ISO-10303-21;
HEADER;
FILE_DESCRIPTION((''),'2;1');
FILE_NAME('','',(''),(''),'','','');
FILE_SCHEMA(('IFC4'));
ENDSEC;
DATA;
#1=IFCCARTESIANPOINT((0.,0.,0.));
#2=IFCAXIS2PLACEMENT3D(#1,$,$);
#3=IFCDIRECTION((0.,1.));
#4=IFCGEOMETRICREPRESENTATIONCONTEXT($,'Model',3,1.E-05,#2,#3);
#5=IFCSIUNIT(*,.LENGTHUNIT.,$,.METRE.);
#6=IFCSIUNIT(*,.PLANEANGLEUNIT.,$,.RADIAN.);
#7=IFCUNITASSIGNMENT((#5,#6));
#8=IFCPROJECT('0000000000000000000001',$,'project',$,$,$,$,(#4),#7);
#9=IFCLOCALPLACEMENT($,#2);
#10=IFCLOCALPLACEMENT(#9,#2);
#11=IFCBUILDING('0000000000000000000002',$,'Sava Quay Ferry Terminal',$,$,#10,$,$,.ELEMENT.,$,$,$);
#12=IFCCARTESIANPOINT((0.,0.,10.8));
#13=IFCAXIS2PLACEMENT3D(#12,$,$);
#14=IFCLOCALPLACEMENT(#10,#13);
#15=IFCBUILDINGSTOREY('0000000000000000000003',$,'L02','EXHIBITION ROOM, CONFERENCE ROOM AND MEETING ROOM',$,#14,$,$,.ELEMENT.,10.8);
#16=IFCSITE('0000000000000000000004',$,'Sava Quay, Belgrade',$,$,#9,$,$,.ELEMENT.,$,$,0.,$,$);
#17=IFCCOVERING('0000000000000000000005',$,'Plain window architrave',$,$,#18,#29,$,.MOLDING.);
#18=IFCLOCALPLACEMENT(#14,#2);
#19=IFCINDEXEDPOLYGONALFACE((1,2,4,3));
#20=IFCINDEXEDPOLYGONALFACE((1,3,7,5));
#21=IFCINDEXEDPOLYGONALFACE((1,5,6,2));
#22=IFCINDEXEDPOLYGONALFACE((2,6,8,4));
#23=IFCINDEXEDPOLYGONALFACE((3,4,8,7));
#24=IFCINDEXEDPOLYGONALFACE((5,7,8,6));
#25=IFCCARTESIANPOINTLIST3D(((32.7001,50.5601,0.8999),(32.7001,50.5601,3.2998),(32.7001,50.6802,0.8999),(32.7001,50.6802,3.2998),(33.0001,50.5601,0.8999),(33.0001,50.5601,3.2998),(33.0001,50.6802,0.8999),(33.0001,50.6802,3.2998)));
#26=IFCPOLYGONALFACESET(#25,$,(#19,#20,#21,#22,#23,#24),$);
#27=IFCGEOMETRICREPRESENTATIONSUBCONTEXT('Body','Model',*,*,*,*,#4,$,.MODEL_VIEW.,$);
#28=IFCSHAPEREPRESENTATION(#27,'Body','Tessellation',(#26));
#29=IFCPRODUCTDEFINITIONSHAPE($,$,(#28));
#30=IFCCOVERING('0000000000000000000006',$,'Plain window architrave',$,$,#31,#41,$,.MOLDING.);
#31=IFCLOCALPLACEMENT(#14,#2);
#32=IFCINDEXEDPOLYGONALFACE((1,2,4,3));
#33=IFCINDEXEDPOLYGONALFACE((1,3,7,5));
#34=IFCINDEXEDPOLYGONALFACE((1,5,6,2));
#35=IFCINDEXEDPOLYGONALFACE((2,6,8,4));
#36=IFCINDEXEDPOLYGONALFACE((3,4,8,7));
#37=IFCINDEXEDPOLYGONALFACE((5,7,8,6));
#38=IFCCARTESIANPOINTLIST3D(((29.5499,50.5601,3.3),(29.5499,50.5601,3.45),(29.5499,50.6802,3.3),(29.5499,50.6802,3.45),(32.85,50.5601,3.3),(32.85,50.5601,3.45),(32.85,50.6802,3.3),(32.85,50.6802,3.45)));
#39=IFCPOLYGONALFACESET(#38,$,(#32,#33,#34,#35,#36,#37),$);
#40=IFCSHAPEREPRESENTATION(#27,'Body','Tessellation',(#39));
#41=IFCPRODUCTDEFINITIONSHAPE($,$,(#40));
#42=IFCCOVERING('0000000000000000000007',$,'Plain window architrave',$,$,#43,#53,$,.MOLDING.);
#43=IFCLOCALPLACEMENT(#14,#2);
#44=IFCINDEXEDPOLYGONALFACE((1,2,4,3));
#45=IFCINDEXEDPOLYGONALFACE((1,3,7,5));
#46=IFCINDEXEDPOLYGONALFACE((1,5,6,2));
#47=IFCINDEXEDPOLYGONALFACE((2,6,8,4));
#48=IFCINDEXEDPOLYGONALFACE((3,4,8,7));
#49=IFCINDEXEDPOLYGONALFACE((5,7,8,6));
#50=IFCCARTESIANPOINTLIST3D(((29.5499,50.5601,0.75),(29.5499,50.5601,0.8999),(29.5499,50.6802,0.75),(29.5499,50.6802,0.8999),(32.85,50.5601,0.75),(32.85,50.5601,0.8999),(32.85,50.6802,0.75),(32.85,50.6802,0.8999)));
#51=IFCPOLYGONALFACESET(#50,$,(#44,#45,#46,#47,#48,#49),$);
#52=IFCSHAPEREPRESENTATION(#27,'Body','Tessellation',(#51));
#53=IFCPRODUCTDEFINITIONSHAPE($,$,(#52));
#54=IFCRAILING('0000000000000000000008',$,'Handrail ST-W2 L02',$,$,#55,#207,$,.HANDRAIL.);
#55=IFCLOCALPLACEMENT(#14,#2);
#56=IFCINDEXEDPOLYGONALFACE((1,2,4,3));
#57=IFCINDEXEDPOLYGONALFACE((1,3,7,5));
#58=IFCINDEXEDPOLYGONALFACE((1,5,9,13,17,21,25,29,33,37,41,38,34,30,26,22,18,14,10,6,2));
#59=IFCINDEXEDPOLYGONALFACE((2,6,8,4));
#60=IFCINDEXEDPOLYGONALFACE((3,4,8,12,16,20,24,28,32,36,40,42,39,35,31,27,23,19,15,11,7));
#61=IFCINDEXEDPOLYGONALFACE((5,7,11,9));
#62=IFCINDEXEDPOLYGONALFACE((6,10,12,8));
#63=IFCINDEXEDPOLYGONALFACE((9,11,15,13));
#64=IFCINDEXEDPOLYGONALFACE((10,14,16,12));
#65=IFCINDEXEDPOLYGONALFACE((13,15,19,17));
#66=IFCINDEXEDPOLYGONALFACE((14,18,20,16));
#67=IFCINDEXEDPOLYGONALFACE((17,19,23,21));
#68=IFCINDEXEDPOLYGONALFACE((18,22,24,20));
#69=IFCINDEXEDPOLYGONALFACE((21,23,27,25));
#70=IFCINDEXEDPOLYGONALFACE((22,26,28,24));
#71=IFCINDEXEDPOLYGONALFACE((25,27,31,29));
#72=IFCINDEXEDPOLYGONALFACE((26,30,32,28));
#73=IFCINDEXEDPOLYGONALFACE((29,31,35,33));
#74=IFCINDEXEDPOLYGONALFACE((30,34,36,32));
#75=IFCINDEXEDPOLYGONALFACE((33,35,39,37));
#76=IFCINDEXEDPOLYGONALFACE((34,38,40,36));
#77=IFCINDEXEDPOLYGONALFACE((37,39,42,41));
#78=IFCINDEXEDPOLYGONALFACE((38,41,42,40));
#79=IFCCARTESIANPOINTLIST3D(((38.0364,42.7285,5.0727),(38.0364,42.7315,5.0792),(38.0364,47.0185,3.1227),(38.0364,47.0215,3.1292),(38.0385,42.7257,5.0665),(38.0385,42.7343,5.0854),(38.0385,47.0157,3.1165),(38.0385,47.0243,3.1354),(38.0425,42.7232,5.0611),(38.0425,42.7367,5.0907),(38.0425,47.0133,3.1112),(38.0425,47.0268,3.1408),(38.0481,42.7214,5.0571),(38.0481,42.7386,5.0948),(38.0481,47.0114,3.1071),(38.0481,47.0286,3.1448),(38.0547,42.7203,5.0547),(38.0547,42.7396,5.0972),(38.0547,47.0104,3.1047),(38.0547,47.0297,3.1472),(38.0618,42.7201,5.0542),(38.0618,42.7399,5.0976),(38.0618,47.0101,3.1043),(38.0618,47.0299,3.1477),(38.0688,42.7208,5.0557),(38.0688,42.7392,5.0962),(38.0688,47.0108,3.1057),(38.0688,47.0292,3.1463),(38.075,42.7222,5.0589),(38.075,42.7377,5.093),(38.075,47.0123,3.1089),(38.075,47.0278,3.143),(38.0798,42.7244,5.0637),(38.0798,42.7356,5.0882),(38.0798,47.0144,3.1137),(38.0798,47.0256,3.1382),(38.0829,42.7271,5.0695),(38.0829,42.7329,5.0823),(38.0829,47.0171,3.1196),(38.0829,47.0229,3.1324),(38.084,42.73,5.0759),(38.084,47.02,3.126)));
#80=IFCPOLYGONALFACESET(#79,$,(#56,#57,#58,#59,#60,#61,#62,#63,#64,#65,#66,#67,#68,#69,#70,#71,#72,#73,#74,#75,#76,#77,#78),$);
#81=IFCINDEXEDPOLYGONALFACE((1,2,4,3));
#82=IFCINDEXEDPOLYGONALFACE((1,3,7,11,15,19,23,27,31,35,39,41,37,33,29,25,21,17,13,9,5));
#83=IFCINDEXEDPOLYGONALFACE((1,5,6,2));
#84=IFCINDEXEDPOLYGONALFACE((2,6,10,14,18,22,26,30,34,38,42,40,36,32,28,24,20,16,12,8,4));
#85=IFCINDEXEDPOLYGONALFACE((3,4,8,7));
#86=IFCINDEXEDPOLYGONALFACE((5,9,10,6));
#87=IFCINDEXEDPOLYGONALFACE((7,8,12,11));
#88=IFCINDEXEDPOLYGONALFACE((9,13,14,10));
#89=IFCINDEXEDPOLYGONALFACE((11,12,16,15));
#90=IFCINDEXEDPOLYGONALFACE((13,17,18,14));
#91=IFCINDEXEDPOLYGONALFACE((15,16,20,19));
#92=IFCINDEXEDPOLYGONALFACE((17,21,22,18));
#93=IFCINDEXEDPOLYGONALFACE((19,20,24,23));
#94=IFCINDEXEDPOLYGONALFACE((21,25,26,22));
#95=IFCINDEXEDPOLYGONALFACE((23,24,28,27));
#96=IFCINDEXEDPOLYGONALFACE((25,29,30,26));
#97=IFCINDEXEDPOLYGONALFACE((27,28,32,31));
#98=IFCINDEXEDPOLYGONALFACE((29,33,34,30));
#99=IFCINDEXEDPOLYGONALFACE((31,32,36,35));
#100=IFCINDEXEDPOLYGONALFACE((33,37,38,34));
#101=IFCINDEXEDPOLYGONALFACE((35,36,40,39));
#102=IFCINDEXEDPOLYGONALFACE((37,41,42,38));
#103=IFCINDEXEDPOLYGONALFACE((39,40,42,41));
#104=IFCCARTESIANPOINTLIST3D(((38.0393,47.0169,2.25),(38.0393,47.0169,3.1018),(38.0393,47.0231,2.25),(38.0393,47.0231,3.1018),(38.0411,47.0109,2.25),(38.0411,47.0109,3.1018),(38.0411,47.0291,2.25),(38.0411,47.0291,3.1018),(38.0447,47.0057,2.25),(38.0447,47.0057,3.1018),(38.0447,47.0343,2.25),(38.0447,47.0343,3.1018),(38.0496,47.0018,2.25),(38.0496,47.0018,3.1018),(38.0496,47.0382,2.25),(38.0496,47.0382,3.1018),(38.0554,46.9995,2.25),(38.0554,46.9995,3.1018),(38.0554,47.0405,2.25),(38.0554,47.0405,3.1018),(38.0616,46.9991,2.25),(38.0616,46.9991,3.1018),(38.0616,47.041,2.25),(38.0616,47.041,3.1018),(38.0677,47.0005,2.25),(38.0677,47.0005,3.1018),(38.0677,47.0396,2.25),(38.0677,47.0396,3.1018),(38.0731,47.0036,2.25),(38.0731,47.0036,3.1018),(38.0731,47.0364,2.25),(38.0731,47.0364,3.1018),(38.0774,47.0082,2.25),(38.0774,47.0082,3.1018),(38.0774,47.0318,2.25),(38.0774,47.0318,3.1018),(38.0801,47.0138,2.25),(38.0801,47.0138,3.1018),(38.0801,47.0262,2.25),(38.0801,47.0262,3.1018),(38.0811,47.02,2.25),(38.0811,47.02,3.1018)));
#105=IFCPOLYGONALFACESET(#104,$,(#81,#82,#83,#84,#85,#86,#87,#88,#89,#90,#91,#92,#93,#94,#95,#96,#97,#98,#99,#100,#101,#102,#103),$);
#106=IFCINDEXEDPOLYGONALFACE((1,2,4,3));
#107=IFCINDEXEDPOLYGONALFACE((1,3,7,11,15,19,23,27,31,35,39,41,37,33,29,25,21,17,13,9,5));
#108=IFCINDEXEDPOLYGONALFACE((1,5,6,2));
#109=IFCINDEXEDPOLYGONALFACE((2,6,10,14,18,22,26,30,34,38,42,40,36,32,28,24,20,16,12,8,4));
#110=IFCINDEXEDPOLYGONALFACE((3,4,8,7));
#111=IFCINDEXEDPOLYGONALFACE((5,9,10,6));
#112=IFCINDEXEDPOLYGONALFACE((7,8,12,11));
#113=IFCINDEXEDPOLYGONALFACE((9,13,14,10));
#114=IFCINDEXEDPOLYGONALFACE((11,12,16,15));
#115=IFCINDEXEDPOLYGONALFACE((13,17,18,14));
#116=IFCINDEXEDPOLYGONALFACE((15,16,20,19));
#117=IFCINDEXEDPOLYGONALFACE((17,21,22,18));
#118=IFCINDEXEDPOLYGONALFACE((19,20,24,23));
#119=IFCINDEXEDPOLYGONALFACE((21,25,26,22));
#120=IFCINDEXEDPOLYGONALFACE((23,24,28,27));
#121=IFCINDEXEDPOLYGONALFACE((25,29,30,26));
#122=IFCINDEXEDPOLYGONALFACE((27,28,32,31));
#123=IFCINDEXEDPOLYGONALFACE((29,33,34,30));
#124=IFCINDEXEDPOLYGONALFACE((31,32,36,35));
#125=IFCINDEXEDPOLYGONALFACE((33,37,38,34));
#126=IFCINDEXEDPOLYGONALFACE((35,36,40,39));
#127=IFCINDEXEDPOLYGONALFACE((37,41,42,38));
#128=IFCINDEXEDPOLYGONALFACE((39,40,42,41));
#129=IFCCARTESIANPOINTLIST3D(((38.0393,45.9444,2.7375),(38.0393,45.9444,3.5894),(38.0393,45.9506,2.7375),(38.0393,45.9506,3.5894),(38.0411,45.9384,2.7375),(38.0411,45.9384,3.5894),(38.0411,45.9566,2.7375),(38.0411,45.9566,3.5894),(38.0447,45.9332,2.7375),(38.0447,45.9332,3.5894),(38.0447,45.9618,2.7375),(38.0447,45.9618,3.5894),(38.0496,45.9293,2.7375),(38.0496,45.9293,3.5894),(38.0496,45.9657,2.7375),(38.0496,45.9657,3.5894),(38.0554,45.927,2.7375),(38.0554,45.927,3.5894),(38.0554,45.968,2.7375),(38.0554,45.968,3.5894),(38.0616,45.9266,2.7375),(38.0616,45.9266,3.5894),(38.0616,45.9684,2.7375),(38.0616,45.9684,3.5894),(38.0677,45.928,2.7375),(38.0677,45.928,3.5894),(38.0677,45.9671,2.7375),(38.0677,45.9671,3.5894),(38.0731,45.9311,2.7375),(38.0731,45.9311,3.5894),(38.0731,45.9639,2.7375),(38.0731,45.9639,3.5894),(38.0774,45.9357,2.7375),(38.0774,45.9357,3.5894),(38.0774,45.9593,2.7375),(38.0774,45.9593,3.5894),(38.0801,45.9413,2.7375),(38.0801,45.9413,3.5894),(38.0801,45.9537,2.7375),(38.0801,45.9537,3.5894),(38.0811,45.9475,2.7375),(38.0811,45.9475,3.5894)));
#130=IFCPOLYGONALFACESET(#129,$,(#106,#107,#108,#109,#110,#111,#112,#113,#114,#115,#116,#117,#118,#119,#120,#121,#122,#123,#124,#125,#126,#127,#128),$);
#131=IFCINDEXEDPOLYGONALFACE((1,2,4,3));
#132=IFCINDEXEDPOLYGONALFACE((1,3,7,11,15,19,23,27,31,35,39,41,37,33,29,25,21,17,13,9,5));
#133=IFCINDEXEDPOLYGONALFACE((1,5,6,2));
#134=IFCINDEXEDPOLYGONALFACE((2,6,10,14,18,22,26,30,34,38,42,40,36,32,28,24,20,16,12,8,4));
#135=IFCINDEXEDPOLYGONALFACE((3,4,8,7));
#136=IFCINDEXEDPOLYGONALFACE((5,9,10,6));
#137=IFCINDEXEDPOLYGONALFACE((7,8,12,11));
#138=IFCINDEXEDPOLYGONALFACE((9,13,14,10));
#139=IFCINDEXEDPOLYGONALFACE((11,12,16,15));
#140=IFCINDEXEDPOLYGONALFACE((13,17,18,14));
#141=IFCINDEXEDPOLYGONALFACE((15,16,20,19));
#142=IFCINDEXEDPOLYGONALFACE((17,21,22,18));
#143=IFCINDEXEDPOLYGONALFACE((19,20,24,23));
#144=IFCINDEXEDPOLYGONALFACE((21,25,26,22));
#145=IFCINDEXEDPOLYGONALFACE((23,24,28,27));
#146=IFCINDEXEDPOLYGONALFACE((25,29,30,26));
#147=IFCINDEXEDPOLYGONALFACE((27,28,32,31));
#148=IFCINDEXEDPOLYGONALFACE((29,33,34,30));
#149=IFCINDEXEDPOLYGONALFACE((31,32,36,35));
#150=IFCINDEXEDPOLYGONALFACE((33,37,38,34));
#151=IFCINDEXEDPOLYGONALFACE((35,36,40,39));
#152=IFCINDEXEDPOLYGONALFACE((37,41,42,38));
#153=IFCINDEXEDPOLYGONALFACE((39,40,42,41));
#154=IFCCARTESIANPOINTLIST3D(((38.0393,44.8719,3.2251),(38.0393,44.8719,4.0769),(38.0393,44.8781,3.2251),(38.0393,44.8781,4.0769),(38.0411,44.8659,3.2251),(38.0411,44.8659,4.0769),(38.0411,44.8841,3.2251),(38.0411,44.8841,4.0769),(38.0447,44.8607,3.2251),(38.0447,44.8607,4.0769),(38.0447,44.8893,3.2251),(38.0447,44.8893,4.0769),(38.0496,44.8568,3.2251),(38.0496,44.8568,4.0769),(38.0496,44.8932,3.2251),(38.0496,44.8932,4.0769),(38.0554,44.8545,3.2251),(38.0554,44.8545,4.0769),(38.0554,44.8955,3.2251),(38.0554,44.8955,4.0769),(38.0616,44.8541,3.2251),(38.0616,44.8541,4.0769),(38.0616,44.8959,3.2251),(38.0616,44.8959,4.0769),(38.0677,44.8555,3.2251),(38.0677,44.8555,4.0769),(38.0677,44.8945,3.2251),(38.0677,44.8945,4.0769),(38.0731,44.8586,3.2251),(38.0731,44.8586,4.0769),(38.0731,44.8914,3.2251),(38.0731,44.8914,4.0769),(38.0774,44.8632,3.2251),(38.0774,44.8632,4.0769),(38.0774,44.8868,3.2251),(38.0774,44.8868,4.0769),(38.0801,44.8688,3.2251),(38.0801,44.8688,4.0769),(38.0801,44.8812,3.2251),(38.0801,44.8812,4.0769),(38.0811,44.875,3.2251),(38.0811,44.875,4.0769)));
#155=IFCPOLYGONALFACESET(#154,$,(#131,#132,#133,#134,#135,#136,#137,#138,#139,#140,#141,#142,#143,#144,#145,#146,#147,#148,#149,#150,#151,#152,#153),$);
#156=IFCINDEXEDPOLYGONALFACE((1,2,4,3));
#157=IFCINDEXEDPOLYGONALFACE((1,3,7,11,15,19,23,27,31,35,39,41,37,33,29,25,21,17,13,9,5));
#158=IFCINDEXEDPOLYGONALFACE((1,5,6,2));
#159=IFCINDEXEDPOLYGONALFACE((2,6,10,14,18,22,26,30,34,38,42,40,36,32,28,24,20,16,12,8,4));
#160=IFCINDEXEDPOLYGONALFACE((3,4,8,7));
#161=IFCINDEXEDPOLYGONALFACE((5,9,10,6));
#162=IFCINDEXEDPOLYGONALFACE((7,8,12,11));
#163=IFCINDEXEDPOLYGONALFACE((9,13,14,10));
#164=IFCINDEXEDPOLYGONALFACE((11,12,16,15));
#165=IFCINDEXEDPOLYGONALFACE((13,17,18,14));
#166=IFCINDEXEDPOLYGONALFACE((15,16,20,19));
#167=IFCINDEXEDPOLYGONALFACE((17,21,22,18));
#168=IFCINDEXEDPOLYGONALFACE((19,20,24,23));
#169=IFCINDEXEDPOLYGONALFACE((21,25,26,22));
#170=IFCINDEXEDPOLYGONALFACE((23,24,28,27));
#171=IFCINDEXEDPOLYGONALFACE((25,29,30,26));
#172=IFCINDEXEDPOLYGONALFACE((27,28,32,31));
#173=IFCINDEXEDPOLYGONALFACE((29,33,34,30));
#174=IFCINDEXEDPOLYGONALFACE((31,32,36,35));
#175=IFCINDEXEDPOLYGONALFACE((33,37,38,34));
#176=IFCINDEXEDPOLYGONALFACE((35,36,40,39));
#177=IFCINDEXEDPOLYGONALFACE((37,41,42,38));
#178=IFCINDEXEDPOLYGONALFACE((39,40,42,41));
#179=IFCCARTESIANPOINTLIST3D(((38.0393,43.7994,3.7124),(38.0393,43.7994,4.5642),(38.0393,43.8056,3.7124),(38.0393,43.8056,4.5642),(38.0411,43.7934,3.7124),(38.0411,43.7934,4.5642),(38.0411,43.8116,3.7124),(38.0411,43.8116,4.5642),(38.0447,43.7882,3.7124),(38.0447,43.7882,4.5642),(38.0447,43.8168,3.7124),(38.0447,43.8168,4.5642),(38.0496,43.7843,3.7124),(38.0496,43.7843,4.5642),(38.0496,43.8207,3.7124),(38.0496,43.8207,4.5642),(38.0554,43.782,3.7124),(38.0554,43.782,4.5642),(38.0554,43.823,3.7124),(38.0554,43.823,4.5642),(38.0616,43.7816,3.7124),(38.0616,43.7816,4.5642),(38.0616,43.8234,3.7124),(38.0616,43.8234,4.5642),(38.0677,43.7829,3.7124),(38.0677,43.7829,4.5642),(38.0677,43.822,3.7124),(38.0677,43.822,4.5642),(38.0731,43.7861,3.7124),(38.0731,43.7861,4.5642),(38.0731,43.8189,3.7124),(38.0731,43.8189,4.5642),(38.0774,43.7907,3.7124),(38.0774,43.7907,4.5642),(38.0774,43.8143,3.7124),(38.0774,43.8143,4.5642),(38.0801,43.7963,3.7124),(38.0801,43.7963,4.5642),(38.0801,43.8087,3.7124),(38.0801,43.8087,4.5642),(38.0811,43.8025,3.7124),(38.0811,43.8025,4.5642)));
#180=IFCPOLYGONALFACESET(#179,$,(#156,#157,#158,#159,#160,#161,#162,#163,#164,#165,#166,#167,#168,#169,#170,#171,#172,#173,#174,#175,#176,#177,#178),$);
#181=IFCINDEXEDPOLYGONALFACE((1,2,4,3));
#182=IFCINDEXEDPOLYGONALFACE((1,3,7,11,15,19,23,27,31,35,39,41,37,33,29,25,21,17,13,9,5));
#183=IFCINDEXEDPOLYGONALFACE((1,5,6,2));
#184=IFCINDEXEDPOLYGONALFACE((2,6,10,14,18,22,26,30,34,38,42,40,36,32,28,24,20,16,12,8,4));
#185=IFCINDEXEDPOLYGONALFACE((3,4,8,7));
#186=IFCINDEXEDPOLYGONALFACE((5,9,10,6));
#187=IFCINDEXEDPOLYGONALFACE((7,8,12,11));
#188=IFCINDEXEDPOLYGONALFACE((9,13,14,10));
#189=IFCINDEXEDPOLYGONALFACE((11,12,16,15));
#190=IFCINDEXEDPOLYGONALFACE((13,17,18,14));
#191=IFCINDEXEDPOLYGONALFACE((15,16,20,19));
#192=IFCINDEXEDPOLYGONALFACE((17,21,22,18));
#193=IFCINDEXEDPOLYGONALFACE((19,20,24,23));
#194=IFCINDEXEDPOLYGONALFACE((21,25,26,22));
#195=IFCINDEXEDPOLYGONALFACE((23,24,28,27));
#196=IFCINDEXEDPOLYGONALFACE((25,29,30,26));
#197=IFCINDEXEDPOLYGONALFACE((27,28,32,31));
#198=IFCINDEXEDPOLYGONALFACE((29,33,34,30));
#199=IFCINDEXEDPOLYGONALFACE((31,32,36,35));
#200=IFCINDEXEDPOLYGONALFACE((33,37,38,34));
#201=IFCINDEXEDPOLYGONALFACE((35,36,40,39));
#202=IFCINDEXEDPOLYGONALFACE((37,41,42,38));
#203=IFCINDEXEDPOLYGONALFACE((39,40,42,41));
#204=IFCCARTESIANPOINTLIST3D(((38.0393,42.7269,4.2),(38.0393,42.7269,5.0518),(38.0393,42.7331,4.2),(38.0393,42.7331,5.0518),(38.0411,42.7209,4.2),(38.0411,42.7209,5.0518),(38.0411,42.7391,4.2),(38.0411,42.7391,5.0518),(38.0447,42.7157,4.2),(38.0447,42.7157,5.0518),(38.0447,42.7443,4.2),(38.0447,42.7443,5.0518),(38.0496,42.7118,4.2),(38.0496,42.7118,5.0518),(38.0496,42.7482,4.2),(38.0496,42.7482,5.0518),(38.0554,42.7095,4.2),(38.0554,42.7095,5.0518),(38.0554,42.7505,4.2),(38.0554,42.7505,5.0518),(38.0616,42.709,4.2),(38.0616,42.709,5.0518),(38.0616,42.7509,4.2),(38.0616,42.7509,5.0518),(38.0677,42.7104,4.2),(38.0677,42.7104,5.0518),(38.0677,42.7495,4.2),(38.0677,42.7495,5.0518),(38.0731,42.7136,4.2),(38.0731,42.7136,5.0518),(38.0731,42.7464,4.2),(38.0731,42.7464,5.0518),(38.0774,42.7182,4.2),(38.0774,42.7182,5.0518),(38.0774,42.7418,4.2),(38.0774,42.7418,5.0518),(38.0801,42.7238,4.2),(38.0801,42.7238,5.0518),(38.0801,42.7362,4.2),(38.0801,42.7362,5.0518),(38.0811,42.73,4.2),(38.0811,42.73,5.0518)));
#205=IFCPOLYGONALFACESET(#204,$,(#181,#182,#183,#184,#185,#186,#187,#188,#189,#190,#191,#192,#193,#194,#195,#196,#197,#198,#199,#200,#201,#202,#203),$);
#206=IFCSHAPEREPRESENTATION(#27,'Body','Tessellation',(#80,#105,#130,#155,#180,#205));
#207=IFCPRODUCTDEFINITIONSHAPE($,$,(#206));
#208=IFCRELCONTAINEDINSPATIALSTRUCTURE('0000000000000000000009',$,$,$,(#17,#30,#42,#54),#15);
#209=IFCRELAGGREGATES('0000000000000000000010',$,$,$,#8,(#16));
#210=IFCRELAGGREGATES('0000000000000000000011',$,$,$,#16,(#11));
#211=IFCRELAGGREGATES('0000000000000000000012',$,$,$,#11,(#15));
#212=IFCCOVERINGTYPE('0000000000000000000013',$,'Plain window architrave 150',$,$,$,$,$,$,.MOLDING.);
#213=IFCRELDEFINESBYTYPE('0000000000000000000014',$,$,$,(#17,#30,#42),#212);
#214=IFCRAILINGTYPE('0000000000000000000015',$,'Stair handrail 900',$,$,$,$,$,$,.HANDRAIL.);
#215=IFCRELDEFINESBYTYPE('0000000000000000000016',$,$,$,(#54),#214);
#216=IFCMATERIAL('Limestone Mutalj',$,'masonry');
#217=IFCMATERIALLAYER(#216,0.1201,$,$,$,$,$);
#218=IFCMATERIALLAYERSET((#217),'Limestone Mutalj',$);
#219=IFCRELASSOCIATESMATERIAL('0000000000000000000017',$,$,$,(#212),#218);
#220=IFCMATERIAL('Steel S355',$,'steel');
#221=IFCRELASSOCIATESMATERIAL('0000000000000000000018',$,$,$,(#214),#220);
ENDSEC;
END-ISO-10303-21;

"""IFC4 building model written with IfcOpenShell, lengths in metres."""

from ifc_helpers import new_model, si_unit, direction, frame, origin, origin_2d, place, context, subcontext, project, spatial, rectangle, circle, extrude, material, layer, layer_set, type_object, element, save


model = new_model("IFC4")

# Units and contexts
model_context = context("Model", 3, precision=1e-05, world=origin(), true_north=direction((0.0, 1.0)))
body_context = subcontext(model_context, "Body", "Model", "MODEL_VIEW")
ifc_project = project(units=[si_unit("LENGTHUNIT", "METRE"), si_unit("PLANEANGLEUNIT", "RADIAN")], contexts=[model_context])

# Site, building, storey
site_placement = place(None, origin())
site = spatial("IfcSite", under=ifc_project, at=site_placement, Name="Sava Quay, Belgrade", CompositionType="ELEMENT", RefElevation=0.0)
building_placement = place(site_placement, origin())
building = spatial("IfcBuilding", under=site, at=building_placement, Name="Sava Quay Ferry Terminal", CompositionType="ELEMENT")
storey_placement = place(building_placement, frame((0.0, 0.0, 10.8)))
storey = spatial("IfcBuildingStorey", under=building, at=storey_placement, Name="L02", Description="EXHIBITION ROOM, CONFERENCE ROOM AND MEETING ROOM", CompositionType="ELEMENT", Elevation=10.8)

# Coverings
ifc_material_1 = material(Name="Limestone Mutalj", Category="masonry")
ifc_layer_1 = layer(ifc_material_1, 0.1201)
ifc_layer_set_1 = layer_set([ifc_layer_1], Name="Limestone Mutalj")
covering_type_1 = type_object("IfcCoveringType", Name="Plain window architrave 150", PredefinedType="MOLDING", material=ifc_layer_set_1)
covering_1_placement = place(storey_placement, frame((32.8501, 50.6201, 0.8999), z_axis=(0.0, 0.0, 1.0), x_axis=(1.0, 0.0, 0.0)))
element("IfcCovering", 1, at=covering_1_placement, inside=storey, type_object=covering_type_1, Name="Plain window architrave", PredefinedType="MOLDING", context=body_context, shape_type="SweptSolid", body=[
    extrude(rectangle(XDim=0.3, YDim=0.1201, at=origin_2d()), origin(), (0.0, 0.0, 1.0), 2.3999),
])
for number, where, z_axis, x_axis, name in (
    (2, (31.2, 50.6201, 3.3), (0.0, 0.0, 1.0), (1.0, 0.0, 0.0), "Plain window architrave"),
    (3, (31.2, 50.6201, 0.75), (0.0, 0.0, 1.0), (1.0, 0.0, 0.0), "Plain window architrave"),
):
    element("IfcCovering", number, at=place(storey_placement, frame(where, z_axis=z_axis, x_axis=x_axis)), inside=storey, type_object=covering_type_1, Name=name, PredefinedType="MOLDING", context=body_context, shape_type="SweptSolid", body=[
        extrude(rectangle(XDim=3.3, YDim=0.1201, at=origin_2d()), origin(), (0.0, 0.0, 1.0), 0.1499),
    ])

# Railing
ifc_material_2 = material(Name="Steel S355", Category="steel")
railing_type_1 = type_object("IfcRailingType", Name="Stair handrail 900", PredefinedType="HANDRAIL", material=ifc_material_2)
railing_1_placement = place(storey_placement, frame((38.0601, 47.02, 2.25)))
element("IfcRailing", 4, at=railing_1_placement, inside=storey, type_object=railing_type_1, Name="Handrail ST-W2 L02", PredefinedType="HANDRAIL", context=body_context, shape_type="SweptSolid", body=[
    extrude(circle(Radius=0.0239, at=origin_2d()), frame((0.0, 0.0, 0.876), z_axis=(0.0, -0.910372, 0.413791), x_axis=(1.0, 0.0, 0.0)), (0.0, 0.0, 1.0), 4.7124),
    extrude(circle(Radius=0.021, at=origin_2d()), origin(), (0.0, 0.0, 1.0), 0.8518),
    extrude(circle(Radius=0.021, at=origin_2d()), frame((0.0, -1.0725, 0.4875)), (0.0, 0.0, 1.0), 0.8518),
    extrude(circle(Radius=0.021, at=origin_2d()), frame((0.0, -2.145, 0.9751)), (0.0, 0.0, 1.0), 0.8518),
    extrude(circle(Radius=0.021, at=origin_2d()), frame((0.0, -3.2175, 1.4624)), (0.0, 0.0, 1.0), 0.8518),
    extrude(circle(Radius=0.021, at=origin_2d()), frame((0.0, -4.29, 1.95)), (0.0, 0.0, 1.0), 0.8518),
])

save(model, "model.ifc")
